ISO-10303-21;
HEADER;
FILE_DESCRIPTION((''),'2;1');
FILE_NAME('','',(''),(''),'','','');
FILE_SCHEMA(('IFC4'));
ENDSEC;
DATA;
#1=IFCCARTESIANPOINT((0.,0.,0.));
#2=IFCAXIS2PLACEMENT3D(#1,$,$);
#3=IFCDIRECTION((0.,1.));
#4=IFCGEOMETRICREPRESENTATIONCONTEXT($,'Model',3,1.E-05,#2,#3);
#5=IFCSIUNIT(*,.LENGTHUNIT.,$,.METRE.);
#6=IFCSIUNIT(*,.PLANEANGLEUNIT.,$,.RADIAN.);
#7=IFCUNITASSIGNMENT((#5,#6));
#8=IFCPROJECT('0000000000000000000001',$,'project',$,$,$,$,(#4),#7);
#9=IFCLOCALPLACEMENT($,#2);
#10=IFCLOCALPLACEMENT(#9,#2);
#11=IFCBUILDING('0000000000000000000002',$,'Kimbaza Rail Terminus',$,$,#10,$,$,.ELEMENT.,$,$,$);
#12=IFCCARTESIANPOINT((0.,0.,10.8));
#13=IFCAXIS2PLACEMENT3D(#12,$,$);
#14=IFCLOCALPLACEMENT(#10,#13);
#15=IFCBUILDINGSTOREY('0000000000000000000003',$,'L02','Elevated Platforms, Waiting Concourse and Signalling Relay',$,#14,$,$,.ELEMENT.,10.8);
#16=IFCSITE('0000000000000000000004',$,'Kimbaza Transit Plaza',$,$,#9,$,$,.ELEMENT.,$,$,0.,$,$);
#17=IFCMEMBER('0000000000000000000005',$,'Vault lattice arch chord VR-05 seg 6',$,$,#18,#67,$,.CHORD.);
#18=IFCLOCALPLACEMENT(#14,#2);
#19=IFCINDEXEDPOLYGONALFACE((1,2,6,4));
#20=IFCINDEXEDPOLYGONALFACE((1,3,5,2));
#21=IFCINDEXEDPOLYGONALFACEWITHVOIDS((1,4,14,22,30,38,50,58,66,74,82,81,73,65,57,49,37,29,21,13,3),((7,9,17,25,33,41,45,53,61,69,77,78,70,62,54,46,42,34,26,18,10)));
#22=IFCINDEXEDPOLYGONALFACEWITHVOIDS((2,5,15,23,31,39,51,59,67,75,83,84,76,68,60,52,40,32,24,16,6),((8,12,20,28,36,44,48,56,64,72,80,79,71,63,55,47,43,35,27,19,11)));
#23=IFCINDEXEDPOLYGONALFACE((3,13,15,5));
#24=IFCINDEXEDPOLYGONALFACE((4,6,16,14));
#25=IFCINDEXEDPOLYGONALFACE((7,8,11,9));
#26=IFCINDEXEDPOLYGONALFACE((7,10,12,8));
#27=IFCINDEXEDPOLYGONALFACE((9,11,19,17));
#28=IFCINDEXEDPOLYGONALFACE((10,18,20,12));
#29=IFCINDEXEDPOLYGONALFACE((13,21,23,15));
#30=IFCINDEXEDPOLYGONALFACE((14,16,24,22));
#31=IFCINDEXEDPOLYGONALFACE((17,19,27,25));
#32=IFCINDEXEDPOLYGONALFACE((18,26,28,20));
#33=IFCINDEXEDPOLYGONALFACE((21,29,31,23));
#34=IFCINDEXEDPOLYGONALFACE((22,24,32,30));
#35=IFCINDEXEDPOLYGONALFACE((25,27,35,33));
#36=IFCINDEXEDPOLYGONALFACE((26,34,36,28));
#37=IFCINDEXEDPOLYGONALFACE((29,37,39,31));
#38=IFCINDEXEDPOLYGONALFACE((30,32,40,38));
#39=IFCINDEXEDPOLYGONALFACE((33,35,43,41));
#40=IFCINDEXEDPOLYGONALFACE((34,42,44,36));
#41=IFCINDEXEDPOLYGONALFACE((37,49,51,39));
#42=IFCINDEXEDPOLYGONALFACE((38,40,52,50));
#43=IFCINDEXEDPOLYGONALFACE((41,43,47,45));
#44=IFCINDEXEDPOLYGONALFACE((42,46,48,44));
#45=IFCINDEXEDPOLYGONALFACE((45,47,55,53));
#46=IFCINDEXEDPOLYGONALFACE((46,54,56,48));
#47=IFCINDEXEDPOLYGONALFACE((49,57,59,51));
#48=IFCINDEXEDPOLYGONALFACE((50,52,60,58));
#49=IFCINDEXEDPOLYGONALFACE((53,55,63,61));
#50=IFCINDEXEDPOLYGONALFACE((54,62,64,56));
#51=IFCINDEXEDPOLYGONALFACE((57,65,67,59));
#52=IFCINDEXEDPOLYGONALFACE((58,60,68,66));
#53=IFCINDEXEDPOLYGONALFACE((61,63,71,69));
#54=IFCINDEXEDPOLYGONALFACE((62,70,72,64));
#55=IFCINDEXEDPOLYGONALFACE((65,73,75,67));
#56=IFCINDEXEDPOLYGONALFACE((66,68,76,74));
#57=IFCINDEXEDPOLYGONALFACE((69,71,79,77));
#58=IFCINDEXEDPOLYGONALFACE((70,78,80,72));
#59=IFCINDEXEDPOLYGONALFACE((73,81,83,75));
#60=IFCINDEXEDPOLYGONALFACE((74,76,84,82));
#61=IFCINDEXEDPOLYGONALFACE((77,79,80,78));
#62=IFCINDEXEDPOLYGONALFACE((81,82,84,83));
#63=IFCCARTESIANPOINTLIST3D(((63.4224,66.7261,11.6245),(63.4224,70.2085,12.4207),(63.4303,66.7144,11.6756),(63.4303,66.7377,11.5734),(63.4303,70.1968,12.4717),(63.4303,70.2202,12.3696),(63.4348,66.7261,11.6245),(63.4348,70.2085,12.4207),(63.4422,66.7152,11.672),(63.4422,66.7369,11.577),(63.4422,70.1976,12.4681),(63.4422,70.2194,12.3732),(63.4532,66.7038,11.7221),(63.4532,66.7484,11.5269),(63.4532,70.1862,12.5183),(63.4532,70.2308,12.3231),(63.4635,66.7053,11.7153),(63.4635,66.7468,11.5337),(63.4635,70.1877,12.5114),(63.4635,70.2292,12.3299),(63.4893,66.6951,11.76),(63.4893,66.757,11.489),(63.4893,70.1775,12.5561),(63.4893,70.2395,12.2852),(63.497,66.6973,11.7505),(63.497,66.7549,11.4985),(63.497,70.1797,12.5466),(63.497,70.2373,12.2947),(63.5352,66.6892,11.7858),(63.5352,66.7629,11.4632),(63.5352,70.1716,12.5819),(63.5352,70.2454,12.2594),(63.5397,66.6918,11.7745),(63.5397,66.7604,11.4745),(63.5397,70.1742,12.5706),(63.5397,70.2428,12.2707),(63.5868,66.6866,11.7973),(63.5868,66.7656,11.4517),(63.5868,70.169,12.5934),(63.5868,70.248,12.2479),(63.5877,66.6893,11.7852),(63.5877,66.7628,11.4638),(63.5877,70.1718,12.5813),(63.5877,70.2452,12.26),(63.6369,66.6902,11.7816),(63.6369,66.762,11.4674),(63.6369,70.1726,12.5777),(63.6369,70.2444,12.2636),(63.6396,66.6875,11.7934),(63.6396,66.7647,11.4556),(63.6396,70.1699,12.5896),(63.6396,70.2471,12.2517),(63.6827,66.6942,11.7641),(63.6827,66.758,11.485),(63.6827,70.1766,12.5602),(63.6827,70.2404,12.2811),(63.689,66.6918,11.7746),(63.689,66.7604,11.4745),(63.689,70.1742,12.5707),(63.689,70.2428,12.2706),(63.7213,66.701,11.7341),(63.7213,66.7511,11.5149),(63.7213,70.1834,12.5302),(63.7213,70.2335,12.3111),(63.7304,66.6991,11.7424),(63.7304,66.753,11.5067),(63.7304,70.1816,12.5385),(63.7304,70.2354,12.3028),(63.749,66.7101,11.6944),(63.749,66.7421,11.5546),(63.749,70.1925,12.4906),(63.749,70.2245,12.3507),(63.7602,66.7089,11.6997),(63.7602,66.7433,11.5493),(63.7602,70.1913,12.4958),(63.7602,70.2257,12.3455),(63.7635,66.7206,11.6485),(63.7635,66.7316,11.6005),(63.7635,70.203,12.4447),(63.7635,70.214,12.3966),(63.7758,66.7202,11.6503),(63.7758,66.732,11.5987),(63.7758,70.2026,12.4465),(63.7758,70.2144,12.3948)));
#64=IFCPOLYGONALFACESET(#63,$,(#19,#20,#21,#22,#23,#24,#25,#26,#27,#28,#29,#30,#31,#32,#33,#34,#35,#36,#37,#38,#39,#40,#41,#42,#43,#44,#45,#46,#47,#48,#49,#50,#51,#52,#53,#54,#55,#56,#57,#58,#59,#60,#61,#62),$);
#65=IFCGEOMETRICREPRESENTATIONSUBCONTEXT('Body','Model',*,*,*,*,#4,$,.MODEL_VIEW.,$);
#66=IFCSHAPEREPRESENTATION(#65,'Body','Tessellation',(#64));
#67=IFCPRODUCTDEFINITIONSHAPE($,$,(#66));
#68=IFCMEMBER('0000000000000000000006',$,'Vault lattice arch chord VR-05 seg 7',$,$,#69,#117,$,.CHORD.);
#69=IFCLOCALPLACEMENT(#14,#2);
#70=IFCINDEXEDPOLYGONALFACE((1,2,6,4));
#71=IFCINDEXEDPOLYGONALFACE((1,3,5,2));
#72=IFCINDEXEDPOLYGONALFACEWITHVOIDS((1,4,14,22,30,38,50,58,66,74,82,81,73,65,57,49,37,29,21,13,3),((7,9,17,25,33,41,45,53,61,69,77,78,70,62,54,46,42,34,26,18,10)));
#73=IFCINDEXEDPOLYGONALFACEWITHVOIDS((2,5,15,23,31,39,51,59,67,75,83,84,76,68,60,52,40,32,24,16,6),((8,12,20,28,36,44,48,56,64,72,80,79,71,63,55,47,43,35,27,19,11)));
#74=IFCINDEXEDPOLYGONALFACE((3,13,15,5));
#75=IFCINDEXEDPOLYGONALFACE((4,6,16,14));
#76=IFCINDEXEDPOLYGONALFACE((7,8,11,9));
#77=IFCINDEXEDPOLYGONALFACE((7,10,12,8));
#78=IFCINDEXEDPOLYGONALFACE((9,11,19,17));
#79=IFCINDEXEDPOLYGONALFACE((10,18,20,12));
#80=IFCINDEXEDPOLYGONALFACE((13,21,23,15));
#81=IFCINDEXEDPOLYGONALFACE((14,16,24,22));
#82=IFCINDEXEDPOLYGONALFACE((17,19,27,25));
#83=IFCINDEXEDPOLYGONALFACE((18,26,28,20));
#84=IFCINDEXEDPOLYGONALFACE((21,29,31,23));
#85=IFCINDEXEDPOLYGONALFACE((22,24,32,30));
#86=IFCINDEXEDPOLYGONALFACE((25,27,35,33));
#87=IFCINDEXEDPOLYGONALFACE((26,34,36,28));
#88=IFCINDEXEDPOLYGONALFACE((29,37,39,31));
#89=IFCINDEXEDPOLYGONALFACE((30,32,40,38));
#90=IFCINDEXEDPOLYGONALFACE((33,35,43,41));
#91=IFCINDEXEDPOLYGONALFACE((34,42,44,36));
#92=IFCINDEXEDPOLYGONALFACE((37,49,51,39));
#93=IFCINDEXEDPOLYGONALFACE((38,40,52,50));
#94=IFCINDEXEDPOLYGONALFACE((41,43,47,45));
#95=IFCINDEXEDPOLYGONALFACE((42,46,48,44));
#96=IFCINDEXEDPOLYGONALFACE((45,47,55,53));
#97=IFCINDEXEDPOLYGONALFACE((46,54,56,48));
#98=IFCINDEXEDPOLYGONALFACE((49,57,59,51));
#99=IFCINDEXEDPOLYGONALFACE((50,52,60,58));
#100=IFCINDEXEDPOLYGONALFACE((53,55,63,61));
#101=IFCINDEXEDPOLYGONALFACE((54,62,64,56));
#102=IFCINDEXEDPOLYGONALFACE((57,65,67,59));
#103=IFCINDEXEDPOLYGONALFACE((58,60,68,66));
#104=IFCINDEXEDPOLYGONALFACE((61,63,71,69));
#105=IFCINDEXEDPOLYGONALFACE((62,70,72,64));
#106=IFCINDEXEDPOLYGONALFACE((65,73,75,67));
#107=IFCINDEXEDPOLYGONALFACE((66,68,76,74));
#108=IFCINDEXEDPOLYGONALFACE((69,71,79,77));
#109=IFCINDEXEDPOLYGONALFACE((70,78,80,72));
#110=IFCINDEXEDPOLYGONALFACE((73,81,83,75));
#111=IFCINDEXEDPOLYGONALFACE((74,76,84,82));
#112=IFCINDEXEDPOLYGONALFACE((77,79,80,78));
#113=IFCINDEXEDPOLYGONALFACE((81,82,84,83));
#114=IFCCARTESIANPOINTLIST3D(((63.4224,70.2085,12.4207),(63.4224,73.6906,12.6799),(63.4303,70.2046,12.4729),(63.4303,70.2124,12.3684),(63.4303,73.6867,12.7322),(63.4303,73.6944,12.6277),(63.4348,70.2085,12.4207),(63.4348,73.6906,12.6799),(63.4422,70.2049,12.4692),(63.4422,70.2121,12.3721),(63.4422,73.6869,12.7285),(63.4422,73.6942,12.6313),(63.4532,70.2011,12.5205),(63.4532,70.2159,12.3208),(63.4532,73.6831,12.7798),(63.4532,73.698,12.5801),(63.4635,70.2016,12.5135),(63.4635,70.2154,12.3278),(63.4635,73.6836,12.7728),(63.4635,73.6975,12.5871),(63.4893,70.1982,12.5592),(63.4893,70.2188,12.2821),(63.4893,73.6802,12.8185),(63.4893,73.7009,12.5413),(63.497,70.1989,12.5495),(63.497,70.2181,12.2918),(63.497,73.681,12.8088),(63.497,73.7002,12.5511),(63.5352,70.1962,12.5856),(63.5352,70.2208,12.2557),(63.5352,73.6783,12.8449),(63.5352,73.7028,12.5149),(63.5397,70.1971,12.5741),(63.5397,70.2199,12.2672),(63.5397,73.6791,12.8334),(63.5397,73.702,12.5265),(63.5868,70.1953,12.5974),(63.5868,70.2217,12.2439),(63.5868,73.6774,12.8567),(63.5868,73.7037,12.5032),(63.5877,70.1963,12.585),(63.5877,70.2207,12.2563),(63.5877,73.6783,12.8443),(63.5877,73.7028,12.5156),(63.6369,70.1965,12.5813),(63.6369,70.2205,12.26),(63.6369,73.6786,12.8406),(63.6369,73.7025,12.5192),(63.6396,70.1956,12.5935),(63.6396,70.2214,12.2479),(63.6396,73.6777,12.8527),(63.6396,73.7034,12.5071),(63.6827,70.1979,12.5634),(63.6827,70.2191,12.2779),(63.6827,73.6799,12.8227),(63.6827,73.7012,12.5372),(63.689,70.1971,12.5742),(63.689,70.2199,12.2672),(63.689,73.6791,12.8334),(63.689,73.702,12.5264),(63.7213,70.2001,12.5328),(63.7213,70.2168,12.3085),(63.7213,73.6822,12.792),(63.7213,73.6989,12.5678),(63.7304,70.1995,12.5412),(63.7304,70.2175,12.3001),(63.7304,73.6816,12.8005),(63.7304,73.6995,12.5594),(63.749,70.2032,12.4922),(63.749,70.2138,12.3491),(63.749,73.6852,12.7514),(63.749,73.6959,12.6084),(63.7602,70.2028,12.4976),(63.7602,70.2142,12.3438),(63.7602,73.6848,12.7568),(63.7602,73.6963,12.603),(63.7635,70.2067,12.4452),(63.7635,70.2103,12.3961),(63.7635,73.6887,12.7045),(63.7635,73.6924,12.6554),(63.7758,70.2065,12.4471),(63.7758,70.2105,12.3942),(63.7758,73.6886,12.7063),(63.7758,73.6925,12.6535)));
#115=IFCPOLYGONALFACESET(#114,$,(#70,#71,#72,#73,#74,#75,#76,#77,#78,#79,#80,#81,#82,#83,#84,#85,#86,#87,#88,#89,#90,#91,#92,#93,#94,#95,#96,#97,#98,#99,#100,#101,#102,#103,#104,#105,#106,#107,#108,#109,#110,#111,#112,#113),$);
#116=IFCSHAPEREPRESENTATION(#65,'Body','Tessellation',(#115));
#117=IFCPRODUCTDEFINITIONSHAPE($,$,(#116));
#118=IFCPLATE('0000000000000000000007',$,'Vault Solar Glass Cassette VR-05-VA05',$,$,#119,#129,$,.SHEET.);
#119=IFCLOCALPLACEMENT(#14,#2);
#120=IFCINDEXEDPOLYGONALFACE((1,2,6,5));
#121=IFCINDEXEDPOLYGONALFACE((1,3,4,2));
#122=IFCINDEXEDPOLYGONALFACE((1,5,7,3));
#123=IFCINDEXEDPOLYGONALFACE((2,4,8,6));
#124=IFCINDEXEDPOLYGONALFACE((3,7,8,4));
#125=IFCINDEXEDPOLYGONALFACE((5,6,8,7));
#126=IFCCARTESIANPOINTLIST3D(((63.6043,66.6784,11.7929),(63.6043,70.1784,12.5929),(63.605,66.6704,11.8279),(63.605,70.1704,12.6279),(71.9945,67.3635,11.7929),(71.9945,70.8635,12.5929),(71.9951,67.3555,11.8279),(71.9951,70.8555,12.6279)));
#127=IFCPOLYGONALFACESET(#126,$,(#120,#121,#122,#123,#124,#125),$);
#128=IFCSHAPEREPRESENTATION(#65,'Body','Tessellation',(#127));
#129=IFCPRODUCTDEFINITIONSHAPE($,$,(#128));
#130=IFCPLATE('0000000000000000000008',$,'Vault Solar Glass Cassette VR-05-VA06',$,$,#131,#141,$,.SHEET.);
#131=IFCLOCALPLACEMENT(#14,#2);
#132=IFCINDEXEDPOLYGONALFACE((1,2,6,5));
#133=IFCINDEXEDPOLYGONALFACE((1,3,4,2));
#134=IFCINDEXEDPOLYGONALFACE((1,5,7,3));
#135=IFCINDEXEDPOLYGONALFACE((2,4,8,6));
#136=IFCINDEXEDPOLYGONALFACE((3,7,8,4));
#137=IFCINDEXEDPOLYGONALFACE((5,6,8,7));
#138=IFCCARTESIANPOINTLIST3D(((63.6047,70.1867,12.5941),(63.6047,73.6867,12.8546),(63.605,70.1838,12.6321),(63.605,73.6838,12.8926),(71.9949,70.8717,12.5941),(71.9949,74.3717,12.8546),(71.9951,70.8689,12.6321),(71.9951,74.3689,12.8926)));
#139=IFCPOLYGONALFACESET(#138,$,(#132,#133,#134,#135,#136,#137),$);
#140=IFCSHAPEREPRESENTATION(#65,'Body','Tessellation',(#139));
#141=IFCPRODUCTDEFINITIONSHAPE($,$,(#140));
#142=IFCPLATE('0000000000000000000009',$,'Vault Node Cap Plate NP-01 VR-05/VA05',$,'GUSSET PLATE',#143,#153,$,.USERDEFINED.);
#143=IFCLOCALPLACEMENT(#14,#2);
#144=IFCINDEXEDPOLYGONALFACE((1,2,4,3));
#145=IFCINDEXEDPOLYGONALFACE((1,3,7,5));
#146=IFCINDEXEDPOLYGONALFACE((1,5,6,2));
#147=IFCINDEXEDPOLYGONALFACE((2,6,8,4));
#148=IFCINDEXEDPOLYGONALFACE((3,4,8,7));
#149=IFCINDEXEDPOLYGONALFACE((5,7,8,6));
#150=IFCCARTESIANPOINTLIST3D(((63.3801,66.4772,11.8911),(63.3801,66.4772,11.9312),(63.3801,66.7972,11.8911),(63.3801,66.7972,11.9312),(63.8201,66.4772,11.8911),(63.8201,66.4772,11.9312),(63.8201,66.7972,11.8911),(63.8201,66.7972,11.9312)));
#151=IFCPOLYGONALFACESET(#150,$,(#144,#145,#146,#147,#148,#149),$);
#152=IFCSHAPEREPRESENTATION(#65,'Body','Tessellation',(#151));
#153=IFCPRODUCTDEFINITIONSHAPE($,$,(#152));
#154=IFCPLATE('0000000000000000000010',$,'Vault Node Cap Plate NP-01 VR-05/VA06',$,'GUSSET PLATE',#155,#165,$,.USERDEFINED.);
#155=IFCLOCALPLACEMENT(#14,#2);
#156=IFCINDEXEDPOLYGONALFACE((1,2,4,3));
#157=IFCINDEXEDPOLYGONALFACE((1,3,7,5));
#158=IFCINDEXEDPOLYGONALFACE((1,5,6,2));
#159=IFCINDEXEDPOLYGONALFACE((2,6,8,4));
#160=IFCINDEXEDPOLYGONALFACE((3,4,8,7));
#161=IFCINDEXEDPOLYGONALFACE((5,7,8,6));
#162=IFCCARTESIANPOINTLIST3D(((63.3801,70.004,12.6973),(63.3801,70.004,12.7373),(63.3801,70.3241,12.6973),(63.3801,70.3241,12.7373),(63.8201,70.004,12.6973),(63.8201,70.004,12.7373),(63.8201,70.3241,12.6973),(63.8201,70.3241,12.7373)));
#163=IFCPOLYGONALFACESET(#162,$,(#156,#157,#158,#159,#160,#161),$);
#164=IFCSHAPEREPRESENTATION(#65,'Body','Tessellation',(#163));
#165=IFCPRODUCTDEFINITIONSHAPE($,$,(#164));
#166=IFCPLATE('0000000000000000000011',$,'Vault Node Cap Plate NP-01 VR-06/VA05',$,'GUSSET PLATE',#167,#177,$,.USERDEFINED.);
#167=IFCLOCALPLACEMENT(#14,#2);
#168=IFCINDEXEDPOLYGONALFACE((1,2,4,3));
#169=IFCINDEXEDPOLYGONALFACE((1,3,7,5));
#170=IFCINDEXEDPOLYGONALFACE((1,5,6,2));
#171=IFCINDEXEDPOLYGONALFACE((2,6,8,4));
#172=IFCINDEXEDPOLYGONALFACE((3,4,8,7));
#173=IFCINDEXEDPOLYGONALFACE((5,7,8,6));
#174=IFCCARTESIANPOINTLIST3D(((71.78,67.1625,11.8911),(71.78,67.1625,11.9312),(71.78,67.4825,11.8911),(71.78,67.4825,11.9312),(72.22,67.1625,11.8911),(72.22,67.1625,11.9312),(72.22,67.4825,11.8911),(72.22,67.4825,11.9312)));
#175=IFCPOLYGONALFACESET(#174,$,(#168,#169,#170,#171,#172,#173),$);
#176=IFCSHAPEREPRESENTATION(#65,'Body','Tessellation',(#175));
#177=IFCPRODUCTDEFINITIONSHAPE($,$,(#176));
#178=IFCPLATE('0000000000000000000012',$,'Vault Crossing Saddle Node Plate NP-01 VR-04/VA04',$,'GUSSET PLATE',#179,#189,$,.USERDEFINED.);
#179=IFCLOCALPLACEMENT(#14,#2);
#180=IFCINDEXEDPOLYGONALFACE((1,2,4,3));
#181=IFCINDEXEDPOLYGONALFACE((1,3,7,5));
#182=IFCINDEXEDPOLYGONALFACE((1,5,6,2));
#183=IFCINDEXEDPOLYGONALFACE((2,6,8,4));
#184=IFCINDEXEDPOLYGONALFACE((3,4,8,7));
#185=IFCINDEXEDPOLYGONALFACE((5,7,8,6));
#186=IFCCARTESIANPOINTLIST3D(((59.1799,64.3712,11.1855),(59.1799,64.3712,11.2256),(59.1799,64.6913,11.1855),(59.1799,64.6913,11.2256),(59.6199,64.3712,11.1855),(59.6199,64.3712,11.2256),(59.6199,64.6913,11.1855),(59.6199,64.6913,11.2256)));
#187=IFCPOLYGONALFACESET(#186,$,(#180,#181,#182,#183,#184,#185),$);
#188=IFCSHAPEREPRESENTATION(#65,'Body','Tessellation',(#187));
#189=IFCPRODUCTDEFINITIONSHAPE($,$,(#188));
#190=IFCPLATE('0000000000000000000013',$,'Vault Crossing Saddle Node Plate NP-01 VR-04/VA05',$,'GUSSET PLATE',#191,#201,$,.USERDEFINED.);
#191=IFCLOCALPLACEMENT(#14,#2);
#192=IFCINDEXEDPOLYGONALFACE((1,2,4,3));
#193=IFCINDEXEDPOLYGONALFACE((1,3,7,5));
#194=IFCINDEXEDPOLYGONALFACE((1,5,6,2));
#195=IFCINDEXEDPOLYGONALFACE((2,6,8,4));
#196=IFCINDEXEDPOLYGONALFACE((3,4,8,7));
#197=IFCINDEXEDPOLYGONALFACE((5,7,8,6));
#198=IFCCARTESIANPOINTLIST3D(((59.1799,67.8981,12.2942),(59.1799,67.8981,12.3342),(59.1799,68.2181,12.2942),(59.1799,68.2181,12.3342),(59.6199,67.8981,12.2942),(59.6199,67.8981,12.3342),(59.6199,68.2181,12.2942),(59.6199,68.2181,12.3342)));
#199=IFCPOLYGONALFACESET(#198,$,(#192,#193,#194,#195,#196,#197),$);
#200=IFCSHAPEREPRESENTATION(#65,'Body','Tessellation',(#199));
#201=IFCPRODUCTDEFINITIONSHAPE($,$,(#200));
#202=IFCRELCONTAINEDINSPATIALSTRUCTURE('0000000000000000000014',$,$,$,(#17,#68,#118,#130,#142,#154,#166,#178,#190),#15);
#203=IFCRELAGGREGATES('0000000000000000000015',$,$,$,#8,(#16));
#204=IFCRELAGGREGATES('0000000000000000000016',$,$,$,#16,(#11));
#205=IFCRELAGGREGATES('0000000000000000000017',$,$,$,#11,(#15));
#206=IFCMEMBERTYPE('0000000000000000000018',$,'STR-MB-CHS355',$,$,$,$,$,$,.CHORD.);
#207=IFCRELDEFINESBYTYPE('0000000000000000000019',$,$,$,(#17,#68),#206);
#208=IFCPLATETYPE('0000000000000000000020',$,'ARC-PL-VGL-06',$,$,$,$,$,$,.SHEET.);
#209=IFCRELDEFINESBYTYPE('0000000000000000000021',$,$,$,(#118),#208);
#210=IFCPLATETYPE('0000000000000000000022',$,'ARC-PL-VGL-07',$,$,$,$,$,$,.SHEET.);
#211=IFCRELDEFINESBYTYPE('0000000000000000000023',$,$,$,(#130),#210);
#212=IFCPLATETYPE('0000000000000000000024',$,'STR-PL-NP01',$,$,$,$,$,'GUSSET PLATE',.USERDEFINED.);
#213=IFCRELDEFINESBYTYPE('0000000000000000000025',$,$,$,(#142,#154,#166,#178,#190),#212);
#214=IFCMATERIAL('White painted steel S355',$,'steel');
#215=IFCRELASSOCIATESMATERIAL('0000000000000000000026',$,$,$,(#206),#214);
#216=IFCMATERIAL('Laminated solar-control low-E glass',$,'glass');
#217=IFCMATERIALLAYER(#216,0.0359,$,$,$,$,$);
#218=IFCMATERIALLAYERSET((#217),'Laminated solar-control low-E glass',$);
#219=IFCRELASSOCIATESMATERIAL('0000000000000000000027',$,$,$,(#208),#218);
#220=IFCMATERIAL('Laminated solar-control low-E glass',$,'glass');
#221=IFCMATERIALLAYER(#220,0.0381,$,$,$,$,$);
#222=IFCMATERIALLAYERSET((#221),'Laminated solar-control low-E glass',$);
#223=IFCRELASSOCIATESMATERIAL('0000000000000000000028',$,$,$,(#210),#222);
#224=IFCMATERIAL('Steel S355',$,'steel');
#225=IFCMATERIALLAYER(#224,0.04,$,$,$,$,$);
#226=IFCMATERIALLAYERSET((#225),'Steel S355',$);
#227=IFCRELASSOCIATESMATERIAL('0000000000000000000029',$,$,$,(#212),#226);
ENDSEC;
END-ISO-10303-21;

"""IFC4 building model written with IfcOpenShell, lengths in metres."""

from ifc_helpers import new_model, si_unit, direction, frame, origin, origin_2d, place, context, subcontext, project, spatial, polyline, rectangle, hollow_circle, outline, extrude, material, layer, layer_set, material_profile, profile_set, type_object, element, save


model = new_model("IFC4")

# Units and contexts
model_context = context("Model", 3, precision=1e-05, world=origin(), true_north=direction((0.0, 1.0)))
body_context = subcontext(model_context, "Body", "Model", "MODEL_VIEW")
ifc_project = project(units=[si_unit("LENGTHUNIT", "METRE"), si_unit("PLANEANGLEUNIT", "RADIAN")], contexts=[model_context])

# Site, building, storey
site_placement = place(None, origin())
site = spatial("IfcSite", under=ifc_project, at=site_placement, Name="Kimbaza Transit Plaza", CompositionType="ELEMENT", RefElevation=0.0)
building_placement = place(site_placement, origin())
building = spatial("IfcBuilding", under=site, at=building_placement, Name="Kimbaza Rail Terminus", CompositionType="ELEMENT")
storey_placement = place(building_placement, frame((0.0, 0.0, 10.8)))
storey = spatial("IfcBuildingStorey", under=building, at=storey_placement, Name="L02", Description="Elevated Platforms, Waiting Concourse and Signalling Relay", CompositionType="ELEMENT", Elevation=10.8)

# Members
ifc_material_1 = material(Name="White painted steel S355", Category="steel")
ifc_material_profile_1 = material_profile(ifc_material_1, hollow_circle(Radius=0.1777, WallThickness=0.0125, at=origin_2d()), Name="CHS 355.6x12.5")
ifc_profile_set_1 = profile_set([ifc_material_profile_1], Name="White painted steel S355")
member_type_1 = type_object("IfcMemberType", Name="STR-MB-CHS355", PredefinedType="CHORD", material=ifc_profile_set_1)
member_1_placement = place(storey_placement, frame((63.6001, 66.7261, 11.6245), z_axis=(0.0, 0.974849, 0.222867), x_axis=(-1.0, 0.0, 0.0)))
element("IfcMember", 1, at=member_1_placement, inside=storey, type_object=member_type_1, Name="Vault lattice arch chord VR-05 seg 6", PredefinedType="CHORD", context=body_context, shape_type="SweptSolid", body=[
    extrude(hollow_circle(Radius=0.1777, WallThickness=0.0125, at=origin_2d()), origin(), (0.0, 0.0, 1.0), 3.5723),
])
member_2_placement = place(storey_placement, frame((63.6001, 70.2085, 12.4207), z_axis=(0.0, 0.997239, 0.074253), x_axis=(-1.0, 0.0, 0.0)))
element("IfcMember", 2, at=member_2_placement, inside=storey, type_object=member_type_1, Name="Vault lattice arch chord VR-05 seg 7", PredefinedType="CHORD", context=body_context, shape_type="SweptSolid", body=[
    extrude(hollow_circle(Radius=0.1777, WallThickness=0.0125, at=origin_2d()), origin(), (0.0, 0.0, 1.0), 3.4917),
])

# Plates
ifc_material_2 = material(Name="Laminated solar-control low-E glass", Category="glass")
ifc_layer_1 = layer(ifc_material_2, 0.0359)
ifc_layer_set_1 = layer_set([ifc_layer_1], Name="Laminated solar-control low-E glass")
plate_type_1 = type_object("IfcPlateType", Name="ARC-PL-VGL-06", PredefinedType="SHEET", material=ifc_layer_set_1)
plate_1_placement = place(storey_placement, frame((63.605, 66.6704, 11.8279), z_axis=(0.018192, -0.222801, 0.974694), x_axis=(0.996683, 0.08138, 0.0)))
element("IfcPlate", 3, at=plate_1_placement, inside=storey, type_object=plate_type_1, Name="Vault Solar Glass Cassette VR-05-VA05", PredefinedType="SHEET", context=body_context, shape_type="SweptSolid", body=[
    extrude(outline(polyline([(0.0, 0.0), (8.4181, 0.0), (8.7029, 3.579), (0.2848, 3.579), (0.0, 0.0)])), origin(), (0.0, 0.0, -1.0), 0.0359),
])
ifc_material_3 = material(Name="Laminated solar-control low-E glass", Category="glass")
ifc_layer_2 = layer(ifc_material_3, 0.0381)
ifc_layer_set_2 = layer_set([ifc_layer_2], Name="Laminated solar-control low-E glass")
plate_type_2 = type_object("IfcPlateType", Name="ARC-PL-VGL-07", PredefinedType="SHEET", material=ifc_layer_set_2)
plate_2_placement = place(storey_placement, frame((63.605, 70.1838, 12.6321), z_axis=(0.00606, -0.074221, 0.997223), x_axis=(0.996683, 0.08138, 0.0)))
element("IfcPlate", 4, at=plate_2_placement, inside=storey, type_object=plate_type_2, Name="Vault Solar Glass Cassette VR-05-VA06", PredefinedType="SHEET", context=body_context, shape_type="SweptSolid", body=[
    extrude(outline(polyline([(0.0, 0.0), (8.4181, 0.0), (8.7029, 3.4981), (0.2848, 3.4981), (0.0, 0.0)])), origin(), (0.0, 0.0, -1.0), 0.0381),
])
ifc_material_4 = material(Name="Steel S355", Category="steel")
ifc_layer_3 = layer(ifc_material_4, 0.04)
ifc_layer_set_3 = layer_set([ifc_layer_3], Name="Steel S355")
plate_type_3 = type_object("IfcPlateType", Name="STR-PL-NP01", ElementType="GUSSET PLATE", PredefinedType="USERDEFINED", material=ifc_layer_set_3)
for number, where, z_axis, x_axis, name in (
    (5, (63.6001, 66.6372, 11.8911), (0.0, 0.0, 1.0), (1.0, 0.0, 0.0), "Vault Node Cap Plate NP-01 VR-05/VA05"),
    (6, (63.6001, 70.1641, 12.6973), (0.0, 0.0, 1.0), (1.0, 0.0, 0.0), "Vault Node Cap Plate NP-01 VR-05/VA06"),
    (7, (72.0, 67.3225, 11.8911), (0.0, 0.0, 1.0), (1.0, 0.0, 0.0), "Vault Node Cap Plate NP-01 VR-06/VA05"),
    (8, (59.3999, 64.5312, 11.1855), (0.0, 0.0, 1.0), (1.0, 0.0, 0.0), "Vault Crossing Saddle Node Plate NP-01 VR-04/VA04"),
    (9, (59.3999, 68.0581, 12.2942), (0.0, 0.0, 1.0), (1.0, 0.0, 0.0), "Vault Crossing Saddle Node Plate NP-01 VR-04/VA05"),
):
    element("IfcPlate", number, at=place(storey_placement, frame(where, z_axis=z_axis, x_axis=x_axis)), inside=storey, type_object=plate_type_3, Name=name, ObjectType="GUSSET PLATE", PredefinedType="USERDEFINED", context=body_context, shape_type="SweptSolid", body=[
        extrude(rectangle(XDim=0.4399, YDim=0.3201, at=origin_2d()), origin(), (0.0, 0.0, 1.0), 0.04),
    ])

save(model, "model.ifc")
